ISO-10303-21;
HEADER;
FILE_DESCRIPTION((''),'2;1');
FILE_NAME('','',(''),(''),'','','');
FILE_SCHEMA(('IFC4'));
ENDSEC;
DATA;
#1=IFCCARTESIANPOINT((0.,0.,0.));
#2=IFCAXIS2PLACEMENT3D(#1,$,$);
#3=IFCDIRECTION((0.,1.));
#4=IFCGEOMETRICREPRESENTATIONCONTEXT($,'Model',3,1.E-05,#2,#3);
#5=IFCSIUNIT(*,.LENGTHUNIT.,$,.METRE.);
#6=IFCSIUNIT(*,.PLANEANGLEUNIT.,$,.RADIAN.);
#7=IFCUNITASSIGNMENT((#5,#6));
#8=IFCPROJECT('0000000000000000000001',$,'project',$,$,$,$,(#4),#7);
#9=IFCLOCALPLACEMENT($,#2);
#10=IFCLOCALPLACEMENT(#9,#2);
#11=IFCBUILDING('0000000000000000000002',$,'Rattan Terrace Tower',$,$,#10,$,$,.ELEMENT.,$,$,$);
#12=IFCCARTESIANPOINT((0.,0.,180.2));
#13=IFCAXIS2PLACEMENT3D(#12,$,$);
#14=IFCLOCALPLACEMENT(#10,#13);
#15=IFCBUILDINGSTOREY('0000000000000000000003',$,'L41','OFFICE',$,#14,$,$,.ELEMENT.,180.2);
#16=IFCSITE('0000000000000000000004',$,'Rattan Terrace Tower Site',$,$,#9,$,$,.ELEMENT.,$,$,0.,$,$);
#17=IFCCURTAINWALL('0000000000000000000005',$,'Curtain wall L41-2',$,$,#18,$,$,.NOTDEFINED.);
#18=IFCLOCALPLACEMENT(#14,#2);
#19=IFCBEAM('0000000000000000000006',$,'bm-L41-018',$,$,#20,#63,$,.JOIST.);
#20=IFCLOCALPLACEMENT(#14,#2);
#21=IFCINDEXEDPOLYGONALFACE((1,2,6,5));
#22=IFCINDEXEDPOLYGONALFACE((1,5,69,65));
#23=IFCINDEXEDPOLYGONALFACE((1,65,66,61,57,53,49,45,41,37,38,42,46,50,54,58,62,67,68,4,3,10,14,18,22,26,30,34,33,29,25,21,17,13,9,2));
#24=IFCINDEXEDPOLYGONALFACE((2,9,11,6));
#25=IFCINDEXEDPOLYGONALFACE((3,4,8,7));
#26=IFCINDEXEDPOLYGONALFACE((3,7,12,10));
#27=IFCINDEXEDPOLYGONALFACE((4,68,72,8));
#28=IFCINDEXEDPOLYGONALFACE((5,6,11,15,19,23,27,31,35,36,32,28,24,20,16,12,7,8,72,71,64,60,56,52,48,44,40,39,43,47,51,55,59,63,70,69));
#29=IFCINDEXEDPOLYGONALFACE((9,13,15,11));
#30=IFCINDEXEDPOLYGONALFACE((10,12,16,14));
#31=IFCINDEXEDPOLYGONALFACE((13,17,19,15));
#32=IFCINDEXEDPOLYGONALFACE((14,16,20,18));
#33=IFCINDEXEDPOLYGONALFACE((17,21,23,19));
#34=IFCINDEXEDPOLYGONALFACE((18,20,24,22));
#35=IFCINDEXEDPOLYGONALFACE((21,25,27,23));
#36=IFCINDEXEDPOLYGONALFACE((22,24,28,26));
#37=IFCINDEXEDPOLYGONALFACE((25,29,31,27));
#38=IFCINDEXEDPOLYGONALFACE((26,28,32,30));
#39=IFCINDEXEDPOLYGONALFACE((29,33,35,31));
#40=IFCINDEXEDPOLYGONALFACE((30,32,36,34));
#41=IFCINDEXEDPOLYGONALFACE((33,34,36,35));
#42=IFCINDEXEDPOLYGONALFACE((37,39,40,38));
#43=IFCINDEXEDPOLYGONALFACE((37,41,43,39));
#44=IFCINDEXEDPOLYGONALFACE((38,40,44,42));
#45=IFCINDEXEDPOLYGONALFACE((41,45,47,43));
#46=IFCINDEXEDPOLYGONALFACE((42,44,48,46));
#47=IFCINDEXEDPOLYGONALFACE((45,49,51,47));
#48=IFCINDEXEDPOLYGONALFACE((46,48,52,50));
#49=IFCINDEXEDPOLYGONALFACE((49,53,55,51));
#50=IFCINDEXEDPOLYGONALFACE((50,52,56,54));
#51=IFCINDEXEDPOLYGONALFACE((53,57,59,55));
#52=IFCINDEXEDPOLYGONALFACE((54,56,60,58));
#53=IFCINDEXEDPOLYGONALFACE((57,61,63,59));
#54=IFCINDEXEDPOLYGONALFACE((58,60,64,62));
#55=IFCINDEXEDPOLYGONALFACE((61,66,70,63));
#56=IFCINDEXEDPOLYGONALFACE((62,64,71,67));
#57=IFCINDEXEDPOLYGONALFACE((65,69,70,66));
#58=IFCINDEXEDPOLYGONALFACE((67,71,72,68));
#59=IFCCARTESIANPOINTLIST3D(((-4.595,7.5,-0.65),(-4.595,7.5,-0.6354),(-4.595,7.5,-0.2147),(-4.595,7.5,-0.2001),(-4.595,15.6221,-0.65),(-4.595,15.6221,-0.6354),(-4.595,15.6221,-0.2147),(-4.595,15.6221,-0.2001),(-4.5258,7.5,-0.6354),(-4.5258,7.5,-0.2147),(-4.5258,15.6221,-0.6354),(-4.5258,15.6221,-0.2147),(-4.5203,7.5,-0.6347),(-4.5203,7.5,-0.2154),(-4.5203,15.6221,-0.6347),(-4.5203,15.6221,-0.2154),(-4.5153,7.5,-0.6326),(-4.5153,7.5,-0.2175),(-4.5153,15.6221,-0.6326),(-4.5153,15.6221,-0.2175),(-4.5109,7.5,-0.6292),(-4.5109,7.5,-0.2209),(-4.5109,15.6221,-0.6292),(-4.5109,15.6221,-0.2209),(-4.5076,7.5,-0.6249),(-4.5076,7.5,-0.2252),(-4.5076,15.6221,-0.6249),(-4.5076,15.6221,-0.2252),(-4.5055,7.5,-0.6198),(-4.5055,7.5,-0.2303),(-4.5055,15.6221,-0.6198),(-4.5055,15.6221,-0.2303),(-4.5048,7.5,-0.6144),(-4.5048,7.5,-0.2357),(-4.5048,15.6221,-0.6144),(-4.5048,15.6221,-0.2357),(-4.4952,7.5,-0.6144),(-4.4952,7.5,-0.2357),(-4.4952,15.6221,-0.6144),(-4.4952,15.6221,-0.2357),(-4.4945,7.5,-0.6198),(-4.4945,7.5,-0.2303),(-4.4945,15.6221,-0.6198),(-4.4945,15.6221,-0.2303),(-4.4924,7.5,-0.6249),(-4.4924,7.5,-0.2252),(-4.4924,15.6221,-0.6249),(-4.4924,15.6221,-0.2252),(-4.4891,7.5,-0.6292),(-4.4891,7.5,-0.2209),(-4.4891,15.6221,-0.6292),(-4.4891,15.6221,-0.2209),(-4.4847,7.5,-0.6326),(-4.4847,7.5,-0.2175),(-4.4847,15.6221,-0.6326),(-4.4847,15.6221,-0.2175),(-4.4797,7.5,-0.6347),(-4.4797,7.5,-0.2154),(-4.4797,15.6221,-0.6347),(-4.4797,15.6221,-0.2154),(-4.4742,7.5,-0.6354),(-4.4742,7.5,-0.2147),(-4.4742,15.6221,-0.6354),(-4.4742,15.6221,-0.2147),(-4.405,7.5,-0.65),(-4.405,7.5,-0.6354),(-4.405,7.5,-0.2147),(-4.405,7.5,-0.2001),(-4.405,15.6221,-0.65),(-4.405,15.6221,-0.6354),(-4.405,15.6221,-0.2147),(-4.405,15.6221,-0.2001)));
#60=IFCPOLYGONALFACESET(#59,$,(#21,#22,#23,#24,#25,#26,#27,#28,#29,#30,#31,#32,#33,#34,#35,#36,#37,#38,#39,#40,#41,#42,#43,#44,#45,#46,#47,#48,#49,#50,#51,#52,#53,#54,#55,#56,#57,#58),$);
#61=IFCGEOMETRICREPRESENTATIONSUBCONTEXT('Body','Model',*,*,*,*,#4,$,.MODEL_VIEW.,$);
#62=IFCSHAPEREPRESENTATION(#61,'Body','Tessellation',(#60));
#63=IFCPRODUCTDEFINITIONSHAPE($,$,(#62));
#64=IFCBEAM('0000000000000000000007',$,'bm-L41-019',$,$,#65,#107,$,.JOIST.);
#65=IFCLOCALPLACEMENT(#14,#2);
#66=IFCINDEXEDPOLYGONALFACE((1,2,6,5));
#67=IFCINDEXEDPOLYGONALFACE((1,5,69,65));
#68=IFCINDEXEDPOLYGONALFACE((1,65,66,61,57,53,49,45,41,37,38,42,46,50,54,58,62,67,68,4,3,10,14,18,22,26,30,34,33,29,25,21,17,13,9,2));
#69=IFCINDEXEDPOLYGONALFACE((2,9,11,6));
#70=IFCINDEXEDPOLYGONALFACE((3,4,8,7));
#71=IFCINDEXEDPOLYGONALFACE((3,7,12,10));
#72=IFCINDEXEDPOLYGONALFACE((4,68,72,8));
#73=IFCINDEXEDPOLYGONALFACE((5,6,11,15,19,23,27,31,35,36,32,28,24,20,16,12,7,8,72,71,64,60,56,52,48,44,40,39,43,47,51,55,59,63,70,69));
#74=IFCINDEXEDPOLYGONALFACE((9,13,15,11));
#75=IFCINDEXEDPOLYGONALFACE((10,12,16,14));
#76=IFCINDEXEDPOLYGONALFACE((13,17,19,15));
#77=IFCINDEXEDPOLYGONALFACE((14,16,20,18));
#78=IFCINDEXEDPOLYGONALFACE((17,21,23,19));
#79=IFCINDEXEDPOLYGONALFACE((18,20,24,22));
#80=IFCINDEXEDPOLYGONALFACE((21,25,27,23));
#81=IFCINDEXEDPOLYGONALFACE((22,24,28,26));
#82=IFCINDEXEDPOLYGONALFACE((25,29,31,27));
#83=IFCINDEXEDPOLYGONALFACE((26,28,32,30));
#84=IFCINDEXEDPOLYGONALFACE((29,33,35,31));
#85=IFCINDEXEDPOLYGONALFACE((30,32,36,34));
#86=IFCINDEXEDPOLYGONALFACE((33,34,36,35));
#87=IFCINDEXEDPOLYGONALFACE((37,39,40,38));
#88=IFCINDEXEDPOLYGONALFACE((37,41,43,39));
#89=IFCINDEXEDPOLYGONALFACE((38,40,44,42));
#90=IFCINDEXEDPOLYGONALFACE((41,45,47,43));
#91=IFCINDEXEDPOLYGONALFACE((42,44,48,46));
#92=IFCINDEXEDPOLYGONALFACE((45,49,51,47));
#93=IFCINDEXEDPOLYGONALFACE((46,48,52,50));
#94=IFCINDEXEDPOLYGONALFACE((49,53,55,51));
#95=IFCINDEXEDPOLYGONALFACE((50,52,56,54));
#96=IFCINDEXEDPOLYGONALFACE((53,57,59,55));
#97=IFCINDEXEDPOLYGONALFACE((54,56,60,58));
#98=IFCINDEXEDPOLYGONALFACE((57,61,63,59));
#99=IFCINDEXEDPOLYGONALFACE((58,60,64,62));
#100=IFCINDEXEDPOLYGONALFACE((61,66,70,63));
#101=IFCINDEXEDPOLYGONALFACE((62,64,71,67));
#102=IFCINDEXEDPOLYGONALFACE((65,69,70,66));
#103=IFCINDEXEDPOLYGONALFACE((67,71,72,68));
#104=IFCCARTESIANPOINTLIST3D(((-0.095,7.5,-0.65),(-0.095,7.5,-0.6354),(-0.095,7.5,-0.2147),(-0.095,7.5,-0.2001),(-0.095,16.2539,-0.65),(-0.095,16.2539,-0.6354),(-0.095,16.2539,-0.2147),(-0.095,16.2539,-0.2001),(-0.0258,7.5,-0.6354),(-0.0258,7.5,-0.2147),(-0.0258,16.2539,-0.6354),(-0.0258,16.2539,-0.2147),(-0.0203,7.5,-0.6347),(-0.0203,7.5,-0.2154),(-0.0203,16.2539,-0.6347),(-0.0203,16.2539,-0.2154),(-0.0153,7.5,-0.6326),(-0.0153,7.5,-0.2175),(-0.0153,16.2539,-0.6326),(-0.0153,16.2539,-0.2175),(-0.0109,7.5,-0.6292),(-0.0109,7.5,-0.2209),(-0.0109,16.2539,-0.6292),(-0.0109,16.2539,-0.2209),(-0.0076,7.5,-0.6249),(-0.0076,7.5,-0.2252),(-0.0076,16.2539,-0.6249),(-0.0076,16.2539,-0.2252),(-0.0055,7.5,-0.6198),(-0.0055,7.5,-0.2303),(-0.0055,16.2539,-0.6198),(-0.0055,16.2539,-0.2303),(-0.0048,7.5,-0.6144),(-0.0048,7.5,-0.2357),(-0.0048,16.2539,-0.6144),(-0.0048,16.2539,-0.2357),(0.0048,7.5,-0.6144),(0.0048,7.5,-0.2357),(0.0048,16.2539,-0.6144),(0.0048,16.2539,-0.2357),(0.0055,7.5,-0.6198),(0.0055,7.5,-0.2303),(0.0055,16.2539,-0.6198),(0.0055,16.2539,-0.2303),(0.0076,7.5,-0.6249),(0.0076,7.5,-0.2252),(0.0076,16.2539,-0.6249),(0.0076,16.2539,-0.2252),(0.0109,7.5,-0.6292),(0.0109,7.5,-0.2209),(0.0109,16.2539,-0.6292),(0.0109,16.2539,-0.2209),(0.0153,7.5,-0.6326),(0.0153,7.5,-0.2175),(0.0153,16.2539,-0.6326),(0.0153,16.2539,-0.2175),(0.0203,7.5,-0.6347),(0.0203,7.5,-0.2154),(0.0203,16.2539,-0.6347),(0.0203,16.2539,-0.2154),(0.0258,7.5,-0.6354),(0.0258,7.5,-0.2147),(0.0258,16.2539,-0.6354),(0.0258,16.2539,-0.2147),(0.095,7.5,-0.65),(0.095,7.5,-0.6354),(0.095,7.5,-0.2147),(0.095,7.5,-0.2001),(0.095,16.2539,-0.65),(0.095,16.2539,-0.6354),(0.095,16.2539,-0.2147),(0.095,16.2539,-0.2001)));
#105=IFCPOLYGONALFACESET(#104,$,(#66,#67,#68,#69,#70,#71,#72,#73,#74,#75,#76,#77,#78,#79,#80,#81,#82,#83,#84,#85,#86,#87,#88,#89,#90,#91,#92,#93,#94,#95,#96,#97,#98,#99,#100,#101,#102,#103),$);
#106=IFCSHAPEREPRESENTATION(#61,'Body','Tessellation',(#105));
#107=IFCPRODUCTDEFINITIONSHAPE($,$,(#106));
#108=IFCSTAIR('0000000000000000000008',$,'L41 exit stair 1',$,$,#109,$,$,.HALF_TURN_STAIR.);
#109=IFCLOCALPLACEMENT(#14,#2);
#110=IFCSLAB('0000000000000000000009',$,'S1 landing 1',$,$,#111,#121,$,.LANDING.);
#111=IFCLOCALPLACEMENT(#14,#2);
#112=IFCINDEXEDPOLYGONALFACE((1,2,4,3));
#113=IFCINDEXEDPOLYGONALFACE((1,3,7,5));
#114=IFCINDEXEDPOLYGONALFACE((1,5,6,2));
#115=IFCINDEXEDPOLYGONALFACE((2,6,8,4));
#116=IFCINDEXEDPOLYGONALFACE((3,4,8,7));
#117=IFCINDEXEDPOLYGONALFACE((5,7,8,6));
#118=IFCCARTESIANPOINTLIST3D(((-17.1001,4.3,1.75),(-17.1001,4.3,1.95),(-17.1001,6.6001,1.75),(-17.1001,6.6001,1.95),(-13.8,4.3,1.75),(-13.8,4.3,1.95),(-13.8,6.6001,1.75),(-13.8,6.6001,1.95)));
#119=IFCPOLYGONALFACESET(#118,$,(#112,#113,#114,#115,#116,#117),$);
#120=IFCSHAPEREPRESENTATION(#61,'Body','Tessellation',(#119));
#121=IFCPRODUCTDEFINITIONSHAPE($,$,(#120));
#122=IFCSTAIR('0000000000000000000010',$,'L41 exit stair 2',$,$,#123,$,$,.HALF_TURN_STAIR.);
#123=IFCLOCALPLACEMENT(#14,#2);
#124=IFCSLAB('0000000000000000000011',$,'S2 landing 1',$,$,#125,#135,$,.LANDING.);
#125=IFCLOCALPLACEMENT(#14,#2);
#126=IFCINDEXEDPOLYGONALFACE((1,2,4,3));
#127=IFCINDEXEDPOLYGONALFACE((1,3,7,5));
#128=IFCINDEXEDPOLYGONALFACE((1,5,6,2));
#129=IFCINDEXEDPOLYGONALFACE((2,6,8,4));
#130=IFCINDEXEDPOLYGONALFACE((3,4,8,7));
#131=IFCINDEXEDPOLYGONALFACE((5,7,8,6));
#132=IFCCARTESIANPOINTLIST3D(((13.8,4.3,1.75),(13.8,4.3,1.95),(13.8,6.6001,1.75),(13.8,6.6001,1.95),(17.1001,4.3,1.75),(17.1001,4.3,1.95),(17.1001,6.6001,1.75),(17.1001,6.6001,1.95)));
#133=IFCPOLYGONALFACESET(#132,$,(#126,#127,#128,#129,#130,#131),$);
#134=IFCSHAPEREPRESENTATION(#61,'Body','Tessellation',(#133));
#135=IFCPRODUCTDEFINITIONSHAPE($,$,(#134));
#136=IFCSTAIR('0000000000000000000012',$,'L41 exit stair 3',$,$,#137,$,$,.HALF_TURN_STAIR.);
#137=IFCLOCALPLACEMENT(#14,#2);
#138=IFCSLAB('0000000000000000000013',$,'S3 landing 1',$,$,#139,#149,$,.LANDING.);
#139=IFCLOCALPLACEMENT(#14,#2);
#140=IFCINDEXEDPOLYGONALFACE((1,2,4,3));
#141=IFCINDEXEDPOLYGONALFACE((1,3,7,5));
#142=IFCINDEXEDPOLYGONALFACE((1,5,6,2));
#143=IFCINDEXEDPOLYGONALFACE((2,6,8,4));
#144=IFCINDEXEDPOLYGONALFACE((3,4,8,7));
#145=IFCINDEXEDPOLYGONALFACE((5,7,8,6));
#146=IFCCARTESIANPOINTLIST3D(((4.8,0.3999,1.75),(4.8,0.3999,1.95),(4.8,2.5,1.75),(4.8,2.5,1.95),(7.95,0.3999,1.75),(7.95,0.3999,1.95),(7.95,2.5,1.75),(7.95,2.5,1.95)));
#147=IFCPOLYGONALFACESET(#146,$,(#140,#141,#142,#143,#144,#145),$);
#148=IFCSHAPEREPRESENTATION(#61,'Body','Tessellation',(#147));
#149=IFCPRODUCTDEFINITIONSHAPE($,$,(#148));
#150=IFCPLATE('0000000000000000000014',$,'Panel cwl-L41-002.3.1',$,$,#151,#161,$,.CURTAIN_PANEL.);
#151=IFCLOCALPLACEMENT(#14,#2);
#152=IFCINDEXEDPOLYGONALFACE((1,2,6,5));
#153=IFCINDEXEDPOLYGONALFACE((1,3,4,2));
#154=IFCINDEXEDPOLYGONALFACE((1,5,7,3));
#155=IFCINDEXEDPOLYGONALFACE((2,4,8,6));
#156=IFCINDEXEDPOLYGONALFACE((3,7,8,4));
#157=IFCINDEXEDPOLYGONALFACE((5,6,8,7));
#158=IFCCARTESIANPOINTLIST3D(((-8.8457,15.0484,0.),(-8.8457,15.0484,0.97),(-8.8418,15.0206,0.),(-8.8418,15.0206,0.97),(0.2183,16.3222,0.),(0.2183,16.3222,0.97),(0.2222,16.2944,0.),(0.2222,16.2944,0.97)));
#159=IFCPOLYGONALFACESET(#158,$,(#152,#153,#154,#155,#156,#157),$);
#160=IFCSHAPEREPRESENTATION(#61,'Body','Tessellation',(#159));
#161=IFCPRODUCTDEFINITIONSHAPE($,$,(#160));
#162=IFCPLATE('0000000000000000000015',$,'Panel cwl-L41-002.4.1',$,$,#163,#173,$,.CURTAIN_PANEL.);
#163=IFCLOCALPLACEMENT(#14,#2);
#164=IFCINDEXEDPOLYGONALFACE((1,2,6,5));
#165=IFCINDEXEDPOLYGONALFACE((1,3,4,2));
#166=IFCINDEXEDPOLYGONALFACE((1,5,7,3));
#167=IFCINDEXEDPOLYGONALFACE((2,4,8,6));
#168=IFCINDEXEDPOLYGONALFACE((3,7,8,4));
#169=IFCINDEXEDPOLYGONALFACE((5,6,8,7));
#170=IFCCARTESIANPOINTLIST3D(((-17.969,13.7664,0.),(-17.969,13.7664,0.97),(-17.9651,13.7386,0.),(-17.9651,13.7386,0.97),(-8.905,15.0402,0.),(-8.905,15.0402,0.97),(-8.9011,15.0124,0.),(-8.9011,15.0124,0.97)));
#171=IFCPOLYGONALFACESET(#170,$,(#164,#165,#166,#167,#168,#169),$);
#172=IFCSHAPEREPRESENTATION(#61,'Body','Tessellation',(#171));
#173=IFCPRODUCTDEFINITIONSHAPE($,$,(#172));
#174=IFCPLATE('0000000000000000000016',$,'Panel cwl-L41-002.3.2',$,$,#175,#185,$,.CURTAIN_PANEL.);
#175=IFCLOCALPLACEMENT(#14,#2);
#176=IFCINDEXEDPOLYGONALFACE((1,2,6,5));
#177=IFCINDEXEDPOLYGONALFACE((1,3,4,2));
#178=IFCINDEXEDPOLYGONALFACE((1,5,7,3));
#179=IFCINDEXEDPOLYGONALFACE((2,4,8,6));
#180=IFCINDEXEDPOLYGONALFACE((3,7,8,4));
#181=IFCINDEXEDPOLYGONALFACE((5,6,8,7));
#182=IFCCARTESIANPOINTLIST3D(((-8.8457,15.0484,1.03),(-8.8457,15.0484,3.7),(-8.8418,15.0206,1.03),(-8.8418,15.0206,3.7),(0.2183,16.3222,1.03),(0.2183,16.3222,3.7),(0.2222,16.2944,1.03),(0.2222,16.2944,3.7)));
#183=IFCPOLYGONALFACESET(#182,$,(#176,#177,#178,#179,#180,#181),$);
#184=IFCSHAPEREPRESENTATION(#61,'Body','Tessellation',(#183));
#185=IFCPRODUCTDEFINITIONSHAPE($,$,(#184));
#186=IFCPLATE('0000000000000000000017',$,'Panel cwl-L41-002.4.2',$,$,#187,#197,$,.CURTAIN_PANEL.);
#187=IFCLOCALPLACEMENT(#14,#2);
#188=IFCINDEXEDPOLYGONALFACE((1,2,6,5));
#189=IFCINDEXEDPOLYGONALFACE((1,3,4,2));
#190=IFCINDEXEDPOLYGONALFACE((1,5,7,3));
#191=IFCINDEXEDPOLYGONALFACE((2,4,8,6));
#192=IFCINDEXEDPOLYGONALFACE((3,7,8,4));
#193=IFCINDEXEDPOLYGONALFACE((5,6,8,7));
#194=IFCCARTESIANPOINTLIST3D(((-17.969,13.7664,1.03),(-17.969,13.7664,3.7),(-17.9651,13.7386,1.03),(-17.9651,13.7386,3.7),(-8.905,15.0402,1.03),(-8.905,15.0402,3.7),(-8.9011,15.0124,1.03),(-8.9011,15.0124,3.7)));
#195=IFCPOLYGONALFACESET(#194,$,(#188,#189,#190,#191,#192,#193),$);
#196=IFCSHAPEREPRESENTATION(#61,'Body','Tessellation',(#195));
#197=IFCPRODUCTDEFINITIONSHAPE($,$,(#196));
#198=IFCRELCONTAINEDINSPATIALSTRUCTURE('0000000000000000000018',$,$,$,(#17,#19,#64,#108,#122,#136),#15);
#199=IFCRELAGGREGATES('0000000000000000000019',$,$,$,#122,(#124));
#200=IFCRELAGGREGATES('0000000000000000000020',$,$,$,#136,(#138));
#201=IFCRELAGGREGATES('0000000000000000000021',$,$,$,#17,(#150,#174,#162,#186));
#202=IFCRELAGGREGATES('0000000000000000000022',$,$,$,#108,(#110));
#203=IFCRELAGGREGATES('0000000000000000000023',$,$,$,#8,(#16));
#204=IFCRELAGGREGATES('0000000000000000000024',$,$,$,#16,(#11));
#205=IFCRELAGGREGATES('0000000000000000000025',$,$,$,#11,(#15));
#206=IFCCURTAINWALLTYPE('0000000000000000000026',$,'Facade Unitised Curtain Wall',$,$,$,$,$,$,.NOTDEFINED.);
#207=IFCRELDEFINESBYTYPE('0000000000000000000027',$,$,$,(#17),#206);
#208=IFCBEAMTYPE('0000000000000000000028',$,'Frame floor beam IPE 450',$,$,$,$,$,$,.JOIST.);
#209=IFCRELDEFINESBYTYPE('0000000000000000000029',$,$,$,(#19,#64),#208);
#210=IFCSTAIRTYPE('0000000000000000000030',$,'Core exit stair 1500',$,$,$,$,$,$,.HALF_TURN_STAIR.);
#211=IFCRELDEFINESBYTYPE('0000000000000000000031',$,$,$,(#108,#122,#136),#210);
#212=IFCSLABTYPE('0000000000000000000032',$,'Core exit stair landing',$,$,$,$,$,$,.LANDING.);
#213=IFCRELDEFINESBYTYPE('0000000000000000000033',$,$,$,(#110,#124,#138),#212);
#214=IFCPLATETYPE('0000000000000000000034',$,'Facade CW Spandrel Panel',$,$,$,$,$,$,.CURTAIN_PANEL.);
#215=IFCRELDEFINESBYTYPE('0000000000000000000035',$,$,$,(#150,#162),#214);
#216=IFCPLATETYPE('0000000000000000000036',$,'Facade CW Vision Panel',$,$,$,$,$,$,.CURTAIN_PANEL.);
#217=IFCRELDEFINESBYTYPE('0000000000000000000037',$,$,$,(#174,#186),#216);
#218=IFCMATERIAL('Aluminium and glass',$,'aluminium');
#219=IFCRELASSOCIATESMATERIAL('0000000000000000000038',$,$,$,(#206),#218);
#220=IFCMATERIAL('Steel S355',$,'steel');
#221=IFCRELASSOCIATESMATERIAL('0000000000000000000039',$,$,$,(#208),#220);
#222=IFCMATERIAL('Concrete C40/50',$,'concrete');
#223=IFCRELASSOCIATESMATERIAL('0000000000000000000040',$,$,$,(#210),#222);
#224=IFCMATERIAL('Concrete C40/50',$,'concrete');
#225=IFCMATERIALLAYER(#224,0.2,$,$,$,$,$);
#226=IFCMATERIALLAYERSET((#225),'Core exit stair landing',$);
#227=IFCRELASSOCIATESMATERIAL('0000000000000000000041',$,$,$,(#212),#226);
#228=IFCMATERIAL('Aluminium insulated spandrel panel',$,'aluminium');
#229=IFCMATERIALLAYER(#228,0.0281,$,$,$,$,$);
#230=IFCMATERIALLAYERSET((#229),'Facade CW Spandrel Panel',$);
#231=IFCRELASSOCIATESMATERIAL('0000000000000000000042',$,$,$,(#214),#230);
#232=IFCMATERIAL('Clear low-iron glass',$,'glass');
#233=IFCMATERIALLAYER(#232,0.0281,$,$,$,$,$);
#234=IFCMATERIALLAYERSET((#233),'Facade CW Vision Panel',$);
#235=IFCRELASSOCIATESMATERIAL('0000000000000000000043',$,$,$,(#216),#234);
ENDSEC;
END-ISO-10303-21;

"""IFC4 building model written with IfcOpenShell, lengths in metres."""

from ifc_helpers import new_model, si_unit, direction, frame, origin, origin_2d, place, context, subcontext, project, spatial, polyline, rectangle, i_section, outline, extrude, material, layer, layer_set, material_profile, profile_set, type_object, element, aggregate, save


model = new_model("IFC4")

# Units and contexts
model_context = context("Model", 3, precision=1e-05, world=origin(), true_north=direction((0.0, 1.0)))
body_context = subcontext(model_context, "Body", "Model", "MODEL_VIEW")
ifc_project = project(units=[si_unit("LENGTHUNIT", "METRE"), si_unit("PLANEANGLEUNIT", "RADIAN")], contexts=[model_context])

# Site, building, storey
site_placement = place(None, origin())
site = spatial("IfcSite", under=ifc_project, at=site_placement, Name="Rattan Terrace Tower Site", CompositionType="ELEMENT", RefElevation=0.0)
building_placement = place(site_placement, origin())
building = spatial("IfcBuilding", under=site, at=building_placement, Name="Rattan Terrace Tower", CompositionType="ELEMENT")
storey_placement = place(building_placement, frame((0.0, 0.0, 180.2)))
storey = spatial("IfcBuildingStorey", under=building, at=storey_placement, Name="L41", Description="OFFICE", CompositionType="ELEMENT", Elevation=180.2)

# Curtain wall
ifc_material_1 = material(Name="Aluminium and glass", Category="aluminium")
curtain_wall_type = type_object("IfcCurtainWallType", Name="Facade Unitised Curtain Wall", PredefinedType="NOTDEFINED", material=ifc_material_1)
curtain_wall_placement = place(storey_placement, origin())
curtain_wall = element("IfcCurtainWall", 1, at=curtain_wall_placement, inside=storey, type_object=curtain_wall_type, Name="Curtain wall L41-2", PredefinedType="NOTDEFINED")

# Beams
ifc_material_2 = material(Name="Steel S355", Category="steel")
ifc_material_profile_1 = material_profile(ifc_material_2, i_section(OverallWidth=0.1899, OverallDepth=0.45, WebThickness=0.0095, FlangeThickness=0.0146, FilletRadius=0.021, at=origin_2d()), Name="IPE 450")
ifc_profile_set_1 = profile_set([ifc_material_profile_1], Name="Steel S355")
beam_type_1 = type_object("IfcBeamType", Name="Frame floor beam IPE 450", PredefinedType="JOIST", material=ifc_profile_set_1)
beam_1_placement = place(storey_placement, frame((-4.5, 7.5, -0.425), z_axis=(0.0, 1.0, 0.0), x_axis=(-1.0, 0.0, 0.0)))
element("IfcBeam", 2, at=beam_1_placement, inside=storey, type_object=beam_type_1, Name="bm-L41-018", PredefinedType="JOIST", context=body_context, shape_type="SweptSolid", body=[
    extrude(i_section(OverallWidth=0.1899, OverallDepth=0.45, WebThickness=0.0095, FlangeThickness=0.0146, FilletRadius=0.021, at=origin_2d()), origin(), (0.0, 0.0, 1.0), 8.1221),
])
beam_2_placement = place(storey_placement, frame((0.0, 7.5, -0.425), z_axis=(0.0, 1.0, 0.0), x_axis=(-1.0, 0.0, 0.0)))
element("IfcBeam", 3, at=beam_2_placement, inside=storey, type_object=beam_type_1, Name="bm-L41-019", PredefinedType="JOIST", context=body_context, shape_type="SweptSolid", body=[
    extrude(i_section(OverallWidth=0.1899, OverallDepth=0.45, WebThickness=0.0095, FlangeThickness=0.0146, FilletRadius=0.021, at=origin_2d()), origin(), (0.0, 0.0, 1.0), 8.7539),
])

# Stairs, slabs
ifc_material_3 = material(Name="Concrete C40/50", Category="concrete")
stair_type = type_object("IfcStairType", Name="Core exit stair 1500", PredefinedType="HALF_TURN_STAIR", material=ifc_material_3)
stair_1_placement = place(storey_placement, origin())
stair_1 = element("IfcStair", 4, at=stair_1_placement, inside=storey, type_object=stair_type, Name="L41 exit stair 1", PredefinedType="HALF_TURN_STAIR")
ifc_material_4 = material(Name="Concrete C40/50", Category="concrete")
ifc_layer_1 = layer(ifc_material_4, 0.2)
ifc_layer_set_1 = layer_set([ifc_layer_1], Name="Core exit stair landing")
slab_type_1 = type_object("IfcSlabType", Name="Core exit stair landing", PredefinedType="LANDING", material=ifc_layer_set_1)
slab_1_placement = place(storey_placement, frame((0.0, 0.0, 1.75)))
slab_1 = element("IfcSlab", 5, at=slab_1_placement, type_object=slab_type_1, Name="S1 landing 1", PredefinedType="LANDING", context=body_context, shape_type="SweptSolid", body=[
    extrude(outline(polyline([(-13.8, 4.3), (-13.8, 6.6001), (-17.1001, 6.6001), (-17.1001, 4.3), (-13.8, 4.3)])), origin(), (0.0, 0.0, 1.0), 0.2),
])
stair_2_placement = place(storey_placement, origin())
stair_2 = element("IfcStair", 6, at=stair_2_placement, inside=storey, type_object=stair_type, Name="L41 exit stair 2", PredefinedType="HALF_TURN_STAIR")
slab_2_placement = place(storey_placement, frame((0.0, 0.0, 1.75)))
slab_2 = element("IfcSlab", 7, at=slab_2_placement, type_object=slab_type_1, Name="S2 landing 1", PredefinedType="LANDING", context=body_context, shape_type="SweptSolid", body=[
    extrude(outline(polyline([(17.1001, 4.3), (17.1001, 6.6001), (13.8, 6.6001), (13.8, 4.3), (17.1001, 4.3)])), origin(), (0.0, 0.0, 1.0), 0.2),
])
aggregate(stair_2, [slab_2])
stair_3_placement = place(storey_placement, origin())
stair_3 = element("IfcStair", 8, at=stair_3_placement, inside=storey, type_object=stair_type, Name="L41 exit stair 3", PredefinedType="HALF_TURN_STAIR")
slab_3_placement = place(storey_placement, frame((0.0, 0.0, 1.75)))
slab_3 = element("IfcSlab", 9, at=slab_3_placement, type_object=slab_type_1, Name="S3 landing 1", PredefinedType="LANDING", context=body_context, shape_type="SweptSolid", body=[
    extrude(outline(polyline([(4.8, 2.5), (4.8, 0.3999), (7.95, 0.3999), (7.95, 2.5), (4.8, 2.5)])), origin(), (0.0, 0.0, 1.0), 0.2),
])
aggregate(stair_3, [slab_3])

# Plates
ifc_material_5 = material(Name="Aluminium insulated spandrel panel", Category="aluminium")
ifc_layer_2 = layer(ifc_material_5, 0.0281)
ifc_layer_set_2 = layer_set([ifc_layer_2], Name="Facade CW Spandrel Panel")
plate_type_1 = type_object("IfcPlateType", Name="Facade CW Spandrel Panel", PredefinedType="CURTAIN_PANEL", material=ifc_layer_set_2)
plate_1_placement = place(storey_placement, frame((-4.3118, 15.6714, 0.0), z_axis=(0.0, 0.0, 1.0), x_axis=(-0.99027, -0.139161, 0.0)))
plate_1 = element("IfcPlate", 10, at=plate_1_placement, type_object=plate_type_1, Name="Panel cwl-L41-002.3.1", PredefinedType="CURTAIN_PANEL", context=body_context, shape_type="SweptSolid", body=[
    extrude(rectangle(XDim=9.1531, YDim=0.0281, at=origin_2d()), origin(), (0.0, 0.0, 1.0), 0.97),
])
plate_2_placement = place(storey_placement, frame((-13.4351, 14.3894, 0.0), z_axis=(0.0, 0.0, 1.0), x_axis=(-0.99027, -0.139161, 0.0)))
plate_2 = element("IfcPlate", 11, at=plate_2_placement, type_object=plate_type_1, Name="Panel cwl-L41-002.4.1", PredefinedType="CURTAIN_PANEL", context=body_context, shape_type="SweptSolid", body=[
    extrude(rectangle(XDim=9.1531, YDim=0.0281, at=origin_2d()), origin(), (0.0, 0.0, 1.0), 0.97),
])
ifc_material_6 = material(Name="Clear low-iron glass", Category="glass")
ifc_layer_3 = layer(ifc_material_6, 0.0281)
ifc_layer_set_3 = layer_set([ifc_layer_3], Name="Facade CW Vision Panel")
plate_type_2 = type_object("IfcPlateType", Name="Facade CW Vision Panel", PredefinedType="CURTAIN_PANEL", material=ifc_layer_set_3)
plate_3_placement = place(storey_placement, frame((-4.3118, 15.6714, 1.03), z_axis=(0.0, 0.0, 1.0), x_axis=(-0.99027, -0.139161, 0.0)))
plate_3 = element("IfcPlate", 12, at=plate_3_placement, type_object=plate_type_2, Name="Panel cwl-L41-002.3.2", PredefinedType="CURTAIN_PANEL", context=body_context, shape_type="SweptSolid", body=[
    extrude(rectangle(XDim=9.1531, YDim=0.0281, at=origin_2d()), origin(), (0.0, 0.0, 1.0), 2.6699),
])
plate_4_placement = place(storey_placement, frame((-13.4351, 14.3894, 1.03), z_axis=(0.0, 0.0, 1.0), x_axis=(-0.99027, -0.139161, 0.0)))
plate_4 = element("IfcPlate", 13, at=plate_4_placement, type_object=plate_type_2, Name="Panel cwl-L41-002.4.2", PredefinedType="CURTAIN_PANEL", context=body_context, shape_type="SweptSolid", body=[
    extrude(rectangle(XDim=9.1531, YDim=0.0281, at=origin_2d()), origin(), (0.0, 0.0, 1.0), 2.6699),
])
aggregate(curtain_wall, [plate_1, plate_3, plate_2, plate_4])

aggregate(stair_1, [slab_1])

save(model, "model.ifc")
